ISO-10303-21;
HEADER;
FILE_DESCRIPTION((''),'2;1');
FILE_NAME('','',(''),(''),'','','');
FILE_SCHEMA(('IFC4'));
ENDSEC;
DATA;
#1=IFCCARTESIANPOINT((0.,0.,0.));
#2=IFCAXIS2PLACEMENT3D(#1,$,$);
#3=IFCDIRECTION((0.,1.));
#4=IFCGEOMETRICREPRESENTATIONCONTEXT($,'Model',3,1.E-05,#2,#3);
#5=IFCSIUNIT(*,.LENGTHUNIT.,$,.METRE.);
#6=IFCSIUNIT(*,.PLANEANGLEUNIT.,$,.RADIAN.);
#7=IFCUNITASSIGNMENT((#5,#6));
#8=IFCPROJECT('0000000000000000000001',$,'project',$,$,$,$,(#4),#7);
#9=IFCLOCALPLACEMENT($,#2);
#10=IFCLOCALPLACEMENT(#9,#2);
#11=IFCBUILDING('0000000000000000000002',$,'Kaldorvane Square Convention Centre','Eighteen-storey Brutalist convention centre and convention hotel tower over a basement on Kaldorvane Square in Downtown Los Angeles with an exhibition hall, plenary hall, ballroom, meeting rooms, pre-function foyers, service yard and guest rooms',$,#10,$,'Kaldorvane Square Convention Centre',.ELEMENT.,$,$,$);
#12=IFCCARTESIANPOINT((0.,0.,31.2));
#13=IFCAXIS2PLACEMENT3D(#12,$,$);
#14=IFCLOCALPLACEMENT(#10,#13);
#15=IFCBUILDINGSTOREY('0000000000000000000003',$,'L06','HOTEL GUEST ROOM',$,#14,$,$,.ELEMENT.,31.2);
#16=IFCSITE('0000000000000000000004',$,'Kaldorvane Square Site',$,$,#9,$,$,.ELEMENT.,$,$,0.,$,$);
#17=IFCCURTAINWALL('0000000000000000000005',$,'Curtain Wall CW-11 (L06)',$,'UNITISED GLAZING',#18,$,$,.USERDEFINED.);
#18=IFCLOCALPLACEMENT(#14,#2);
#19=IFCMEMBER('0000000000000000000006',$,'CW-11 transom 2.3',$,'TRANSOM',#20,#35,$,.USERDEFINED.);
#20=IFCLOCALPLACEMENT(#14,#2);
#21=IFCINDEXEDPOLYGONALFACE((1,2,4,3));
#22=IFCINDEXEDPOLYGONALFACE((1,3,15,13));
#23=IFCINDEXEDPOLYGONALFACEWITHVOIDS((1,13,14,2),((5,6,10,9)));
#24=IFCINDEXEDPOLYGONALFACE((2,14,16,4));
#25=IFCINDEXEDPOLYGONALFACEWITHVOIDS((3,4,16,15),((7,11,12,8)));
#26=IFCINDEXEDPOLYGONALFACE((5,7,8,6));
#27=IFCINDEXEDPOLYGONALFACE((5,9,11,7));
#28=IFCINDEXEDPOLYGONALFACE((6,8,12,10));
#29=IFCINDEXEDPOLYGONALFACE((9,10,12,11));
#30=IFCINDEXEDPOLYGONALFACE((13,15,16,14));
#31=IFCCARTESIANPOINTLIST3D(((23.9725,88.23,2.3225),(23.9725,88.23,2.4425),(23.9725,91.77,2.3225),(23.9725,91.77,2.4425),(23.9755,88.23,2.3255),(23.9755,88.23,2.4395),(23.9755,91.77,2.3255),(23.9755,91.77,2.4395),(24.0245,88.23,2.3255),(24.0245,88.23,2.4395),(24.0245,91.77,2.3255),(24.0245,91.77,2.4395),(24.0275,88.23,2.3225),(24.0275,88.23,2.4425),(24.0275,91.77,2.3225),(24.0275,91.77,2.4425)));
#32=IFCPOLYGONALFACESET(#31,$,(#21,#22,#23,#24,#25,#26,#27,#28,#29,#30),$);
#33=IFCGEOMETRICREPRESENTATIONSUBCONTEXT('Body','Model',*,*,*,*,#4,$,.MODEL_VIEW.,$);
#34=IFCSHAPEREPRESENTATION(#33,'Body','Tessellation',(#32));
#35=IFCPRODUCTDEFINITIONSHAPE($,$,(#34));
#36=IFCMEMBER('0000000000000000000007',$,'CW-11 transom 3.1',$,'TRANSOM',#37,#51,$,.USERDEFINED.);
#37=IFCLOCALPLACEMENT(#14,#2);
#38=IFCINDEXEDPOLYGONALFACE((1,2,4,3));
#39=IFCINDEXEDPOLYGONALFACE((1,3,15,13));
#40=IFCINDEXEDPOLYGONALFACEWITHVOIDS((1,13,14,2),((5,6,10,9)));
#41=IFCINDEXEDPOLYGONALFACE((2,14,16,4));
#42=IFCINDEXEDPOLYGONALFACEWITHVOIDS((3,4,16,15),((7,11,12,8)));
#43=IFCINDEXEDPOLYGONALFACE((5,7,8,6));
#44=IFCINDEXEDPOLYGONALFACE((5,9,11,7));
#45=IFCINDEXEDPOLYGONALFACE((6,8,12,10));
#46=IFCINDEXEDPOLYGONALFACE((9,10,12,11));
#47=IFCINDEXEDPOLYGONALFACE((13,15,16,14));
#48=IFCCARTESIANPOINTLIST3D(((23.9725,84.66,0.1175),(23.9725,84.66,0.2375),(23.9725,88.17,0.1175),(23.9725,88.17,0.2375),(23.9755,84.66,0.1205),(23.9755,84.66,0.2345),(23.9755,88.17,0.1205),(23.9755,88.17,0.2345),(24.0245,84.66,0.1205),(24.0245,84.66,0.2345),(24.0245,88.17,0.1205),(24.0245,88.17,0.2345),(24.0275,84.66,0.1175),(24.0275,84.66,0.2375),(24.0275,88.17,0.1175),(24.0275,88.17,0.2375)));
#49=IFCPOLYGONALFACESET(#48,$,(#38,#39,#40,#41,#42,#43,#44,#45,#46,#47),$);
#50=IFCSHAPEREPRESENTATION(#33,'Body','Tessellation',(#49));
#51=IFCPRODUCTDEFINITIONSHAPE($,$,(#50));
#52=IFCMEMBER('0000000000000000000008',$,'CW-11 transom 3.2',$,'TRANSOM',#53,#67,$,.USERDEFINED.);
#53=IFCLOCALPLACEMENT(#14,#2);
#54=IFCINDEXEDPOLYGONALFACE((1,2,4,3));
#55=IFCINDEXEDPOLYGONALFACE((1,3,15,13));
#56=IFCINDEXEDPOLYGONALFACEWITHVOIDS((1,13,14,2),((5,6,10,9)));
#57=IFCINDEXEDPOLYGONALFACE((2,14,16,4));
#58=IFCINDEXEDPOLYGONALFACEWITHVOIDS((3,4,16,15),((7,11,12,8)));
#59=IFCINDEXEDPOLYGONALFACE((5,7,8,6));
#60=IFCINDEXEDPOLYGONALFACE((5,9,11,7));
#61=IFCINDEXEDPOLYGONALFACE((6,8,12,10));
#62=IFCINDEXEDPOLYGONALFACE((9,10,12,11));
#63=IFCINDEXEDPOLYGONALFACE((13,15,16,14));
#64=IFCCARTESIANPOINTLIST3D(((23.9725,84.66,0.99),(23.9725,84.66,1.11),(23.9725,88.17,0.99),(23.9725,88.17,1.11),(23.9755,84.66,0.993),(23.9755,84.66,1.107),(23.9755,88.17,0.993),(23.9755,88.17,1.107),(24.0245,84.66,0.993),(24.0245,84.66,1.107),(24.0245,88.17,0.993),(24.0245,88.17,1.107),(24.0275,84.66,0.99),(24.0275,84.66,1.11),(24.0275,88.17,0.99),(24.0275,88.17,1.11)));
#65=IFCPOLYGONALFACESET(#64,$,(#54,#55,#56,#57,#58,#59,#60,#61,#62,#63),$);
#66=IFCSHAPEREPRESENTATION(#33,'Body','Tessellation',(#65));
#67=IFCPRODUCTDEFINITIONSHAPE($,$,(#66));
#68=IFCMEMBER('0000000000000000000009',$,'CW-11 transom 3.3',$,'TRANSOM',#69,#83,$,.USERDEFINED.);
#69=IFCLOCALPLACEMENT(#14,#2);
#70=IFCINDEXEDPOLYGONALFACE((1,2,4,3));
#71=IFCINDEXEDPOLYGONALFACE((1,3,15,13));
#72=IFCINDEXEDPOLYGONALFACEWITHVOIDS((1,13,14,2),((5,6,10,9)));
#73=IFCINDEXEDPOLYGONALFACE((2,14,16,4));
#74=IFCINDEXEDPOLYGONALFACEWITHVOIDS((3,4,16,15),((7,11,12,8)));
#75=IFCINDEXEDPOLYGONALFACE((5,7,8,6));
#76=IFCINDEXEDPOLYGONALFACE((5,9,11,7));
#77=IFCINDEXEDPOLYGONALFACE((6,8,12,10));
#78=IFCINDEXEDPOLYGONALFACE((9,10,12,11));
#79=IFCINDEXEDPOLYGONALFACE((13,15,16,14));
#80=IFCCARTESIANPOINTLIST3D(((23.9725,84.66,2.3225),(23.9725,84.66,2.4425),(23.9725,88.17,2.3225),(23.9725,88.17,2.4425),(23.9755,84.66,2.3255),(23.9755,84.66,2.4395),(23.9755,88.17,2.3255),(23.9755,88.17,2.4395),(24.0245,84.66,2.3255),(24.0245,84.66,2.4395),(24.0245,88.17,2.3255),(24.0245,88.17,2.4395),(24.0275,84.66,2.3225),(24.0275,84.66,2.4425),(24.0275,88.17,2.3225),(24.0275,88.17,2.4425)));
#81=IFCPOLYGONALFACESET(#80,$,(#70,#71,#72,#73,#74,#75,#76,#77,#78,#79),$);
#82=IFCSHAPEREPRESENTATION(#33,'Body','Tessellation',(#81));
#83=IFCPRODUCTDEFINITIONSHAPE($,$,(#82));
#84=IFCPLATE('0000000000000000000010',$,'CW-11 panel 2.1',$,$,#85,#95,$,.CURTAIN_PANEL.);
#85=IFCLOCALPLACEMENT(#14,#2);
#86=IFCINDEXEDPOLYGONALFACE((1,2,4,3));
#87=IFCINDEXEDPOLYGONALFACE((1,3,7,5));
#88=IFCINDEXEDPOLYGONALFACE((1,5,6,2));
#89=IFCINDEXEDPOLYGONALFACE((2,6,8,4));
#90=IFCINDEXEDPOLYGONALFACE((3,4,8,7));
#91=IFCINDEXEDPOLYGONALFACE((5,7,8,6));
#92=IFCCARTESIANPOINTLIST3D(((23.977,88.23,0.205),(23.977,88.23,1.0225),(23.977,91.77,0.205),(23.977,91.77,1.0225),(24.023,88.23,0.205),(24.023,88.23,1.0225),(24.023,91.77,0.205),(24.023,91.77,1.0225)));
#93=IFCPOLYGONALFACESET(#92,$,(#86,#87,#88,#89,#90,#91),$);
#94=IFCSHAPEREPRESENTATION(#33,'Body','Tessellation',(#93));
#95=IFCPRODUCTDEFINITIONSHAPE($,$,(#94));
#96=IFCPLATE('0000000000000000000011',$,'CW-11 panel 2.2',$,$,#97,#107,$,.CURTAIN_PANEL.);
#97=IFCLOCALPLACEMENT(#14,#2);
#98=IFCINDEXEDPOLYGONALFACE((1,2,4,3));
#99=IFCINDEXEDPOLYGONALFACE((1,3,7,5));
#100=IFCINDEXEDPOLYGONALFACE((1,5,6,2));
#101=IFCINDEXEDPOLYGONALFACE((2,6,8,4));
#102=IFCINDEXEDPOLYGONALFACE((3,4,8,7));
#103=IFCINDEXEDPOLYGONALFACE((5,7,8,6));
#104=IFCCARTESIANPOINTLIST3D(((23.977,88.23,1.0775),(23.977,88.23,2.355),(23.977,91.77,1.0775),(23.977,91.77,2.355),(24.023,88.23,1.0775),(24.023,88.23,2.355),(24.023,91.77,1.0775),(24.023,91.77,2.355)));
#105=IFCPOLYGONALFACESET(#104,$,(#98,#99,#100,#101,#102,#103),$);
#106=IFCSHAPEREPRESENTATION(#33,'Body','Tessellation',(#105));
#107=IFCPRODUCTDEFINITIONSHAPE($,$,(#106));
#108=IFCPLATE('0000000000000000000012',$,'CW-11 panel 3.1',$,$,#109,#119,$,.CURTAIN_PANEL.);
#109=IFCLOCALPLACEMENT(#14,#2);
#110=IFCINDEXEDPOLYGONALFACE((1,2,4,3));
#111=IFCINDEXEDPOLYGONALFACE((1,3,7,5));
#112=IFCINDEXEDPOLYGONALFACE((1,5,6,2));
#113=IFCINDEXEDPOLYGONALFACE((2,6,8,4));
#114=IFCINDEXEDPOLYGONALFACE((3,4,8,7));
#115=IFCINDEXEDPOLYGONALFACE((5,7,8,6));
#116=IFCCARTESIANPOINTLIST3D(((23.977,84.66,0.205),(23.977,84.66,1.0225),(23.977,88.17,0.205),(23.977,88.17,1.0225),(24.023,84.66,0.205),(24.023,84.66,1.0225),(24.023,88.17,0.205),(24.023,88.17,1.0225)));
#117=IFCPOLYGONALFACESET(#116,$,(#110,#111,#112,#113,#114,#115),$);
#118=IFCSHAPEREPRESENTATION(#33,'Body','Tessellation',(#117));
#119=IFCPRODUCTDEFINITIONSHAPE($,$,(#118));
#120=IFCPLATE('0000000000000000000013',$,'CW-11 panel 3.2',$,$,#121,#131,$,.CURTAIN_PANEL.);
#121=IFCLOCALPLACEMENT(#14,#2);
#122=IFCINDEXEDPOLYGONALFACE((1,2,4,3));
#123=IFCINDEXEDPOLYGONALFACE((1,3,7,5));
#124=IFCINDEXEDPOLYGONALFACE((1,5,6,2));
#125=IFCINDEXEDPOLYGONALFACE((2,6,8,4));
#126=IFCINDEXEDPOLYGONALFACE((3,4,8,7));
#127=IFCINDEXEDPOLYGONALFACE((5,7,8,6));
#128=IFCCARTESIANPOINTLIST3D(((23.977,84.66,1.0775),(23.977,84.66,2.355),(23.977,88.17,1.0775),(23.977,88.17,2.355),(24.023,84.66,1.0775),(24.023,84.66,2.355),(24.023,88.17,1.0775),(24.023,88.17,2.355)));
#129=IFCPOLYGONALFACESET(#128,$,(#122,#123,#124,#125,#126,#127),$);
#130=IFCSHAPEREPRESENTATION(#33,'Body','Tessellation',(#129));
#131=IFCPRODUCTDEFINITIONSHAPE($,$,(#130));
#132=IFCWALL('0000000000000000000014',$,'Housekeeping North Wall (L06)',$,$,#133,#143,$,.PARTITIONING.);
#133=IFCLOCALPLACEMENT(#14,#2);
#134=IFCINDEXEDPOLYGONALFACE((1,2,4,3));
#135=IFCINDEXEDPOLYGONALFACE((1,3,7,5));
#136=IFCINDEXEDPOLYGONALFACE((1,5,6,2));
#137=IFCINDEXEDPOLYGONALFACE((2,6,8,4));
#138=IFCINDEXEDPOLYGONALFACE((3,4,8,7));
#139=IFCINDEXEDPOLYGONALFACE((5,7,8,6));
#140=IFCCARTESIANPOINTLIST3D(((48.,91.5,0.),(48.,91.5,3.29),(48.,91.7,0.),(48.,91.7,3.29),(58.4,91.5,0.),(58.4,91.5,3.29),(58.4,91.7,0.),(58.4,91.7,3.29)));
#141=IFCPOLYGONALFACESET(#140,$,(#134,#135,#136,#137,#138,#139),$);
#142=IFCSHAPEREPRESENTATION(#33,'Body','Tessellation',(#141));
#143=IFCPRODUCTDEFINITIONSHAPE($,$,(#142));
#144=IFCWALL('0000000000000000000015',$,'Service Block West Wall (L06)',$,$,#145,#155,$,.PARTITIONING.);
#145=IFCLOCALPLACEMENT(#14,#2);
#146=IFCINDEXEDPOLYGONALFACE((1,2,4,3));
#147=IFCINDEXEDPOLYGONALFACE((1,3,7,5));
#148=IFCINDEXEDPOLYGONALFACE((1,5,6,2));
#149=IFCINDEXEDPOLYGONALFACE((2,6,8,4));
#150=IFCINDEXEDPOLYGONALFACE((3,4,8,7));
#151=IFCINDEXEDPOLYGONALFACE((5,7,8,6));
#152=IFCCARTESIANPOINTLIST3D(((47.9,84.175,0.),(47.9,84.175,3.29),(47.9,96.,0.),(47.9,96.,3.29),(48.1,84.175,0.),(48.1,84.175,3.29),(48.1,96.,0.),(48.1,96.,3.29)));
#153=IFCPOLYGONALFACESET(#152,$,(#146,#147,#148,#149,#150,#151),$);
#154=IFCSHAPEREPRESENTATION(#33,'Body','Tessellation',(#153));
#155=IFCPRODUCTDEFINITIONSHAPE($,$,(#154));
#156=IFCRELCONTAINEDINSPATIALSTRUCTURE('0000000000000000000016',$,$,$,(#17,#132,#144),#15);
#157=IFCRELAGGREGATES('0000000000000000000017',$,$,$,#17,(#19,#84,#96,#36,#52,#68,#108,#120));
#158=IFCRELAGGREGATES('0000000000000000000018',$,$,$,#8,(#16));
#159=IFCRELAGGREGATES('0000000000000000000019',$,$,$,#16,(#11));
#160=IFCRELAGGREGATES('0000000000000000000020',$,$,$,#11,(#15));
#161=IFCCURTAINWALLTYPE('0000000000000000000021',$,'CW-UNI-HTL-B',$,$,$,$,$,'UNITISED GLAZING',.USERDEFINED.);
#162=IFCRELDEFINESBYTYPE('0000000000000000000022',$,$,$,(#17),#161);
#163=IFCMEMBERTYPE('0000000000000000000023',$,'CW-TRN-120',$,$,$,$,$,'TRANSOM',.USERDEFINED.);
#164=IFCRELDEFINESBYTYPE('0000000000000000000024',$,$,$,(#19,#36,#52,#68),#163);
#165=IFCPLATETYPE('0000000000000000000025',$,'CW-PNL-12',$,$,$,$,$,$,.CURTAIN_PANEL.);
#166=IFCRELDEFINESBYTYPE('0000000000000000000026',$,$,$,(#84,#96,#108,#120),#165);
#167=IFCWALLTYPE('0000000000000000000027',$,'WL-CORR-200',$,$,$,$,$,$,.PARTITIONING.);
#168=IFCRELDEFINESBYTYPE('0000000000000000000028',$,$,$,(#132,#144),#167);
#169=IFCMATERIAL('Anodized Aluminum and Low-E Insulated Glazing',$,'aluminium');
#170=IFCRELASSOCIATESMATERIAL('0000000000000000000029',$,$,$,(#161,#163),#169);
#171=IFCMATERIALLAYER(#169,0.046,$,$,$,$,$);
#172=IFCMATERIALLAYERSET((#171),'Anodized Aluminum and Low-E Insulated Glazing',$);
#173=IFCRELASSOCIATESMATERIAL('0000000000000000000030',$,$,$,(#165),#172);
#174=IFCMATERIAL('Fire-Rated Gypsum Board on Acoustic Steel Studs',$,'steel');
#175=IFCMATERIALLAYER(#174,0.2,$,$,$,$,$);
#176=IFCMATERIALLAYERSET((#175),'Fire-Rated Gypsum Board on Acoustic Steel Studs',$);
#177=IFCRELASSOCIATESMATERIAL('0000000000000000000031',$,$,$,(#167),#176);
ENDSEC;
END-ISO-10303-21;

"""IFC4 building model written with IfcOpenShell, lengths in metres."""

from ifc_helpers import new_model, si_unit, direction, frame, frame_2d, origin, origin_2d, place, context, subcontext, project, spatial, rectangle, hollow_rectangle, extrude, material, layer, layer_set, material_profile, profile_set, type_object, element, aggregate, save


model = new_model("IFC4")

# Units and contexts
model_context = context("Model", 3, precision=1e-05, world=origin(), true_north=direction((0.0, 1.0)))
body_context = subcontext(model_context, "Body", "Model", "MODEL_VIEW")
ifc_project = project(units=[si_unit("LENGTHUNIT", "METRE"), si_unit("PLANEANGLEUNIT", "RADIAN")], contexts=[model_context])

# Site, building, storey
site_placement = place(None, origin())
site = spatial("IfcSite", under=ifc_project, at=site_placement, Name="Kaldorvane Square Site", CompositionType="ELEMENT", RefElevation=0.0)
building_placement = place(site_placement, origin())
building = spatial("IfcBuilding", under=site, at=building_placement, Name="Kaldorvane Square Convention Centre", Description="Eighteen-storey Brutalist convention centre and convention hotel tower over a basement on Kaldorvane Square in Downtown Los Angeles with an exhibition hall, plenary hall, ballroom, meeting rooms, pre-function foyers, service yard and guest rooms", LongName="Kaldorvane Square Convention Centre", CompositionType="ELEMENT")
storey_placement = place(building_placement, frame((0.0, 0.0, 31.2)))
storey = spatial("IfcBuildingStorey", under=building, at=storey_placement, Name="L06", Description="HOTEL GUEST ROOM", CompositionType="ELEMENT", Elevation=31.2)

# Curtain wall, members, plates
ifc_material_1 = material(Name="Anodized Aluminum and Low-E Insulated Glazing", Category="aluminium")
curtain_wall_type = type_object("IfcCurtainWallType", Name="CW-UNI-HTL-B", ElementType="UNITISED GLAZING", PredefinedType="USERDEFINED", material=ifc_material_1)
curtain_wall_placement = place(storey_placement, origin())
curtain_wall = element("IfcCurtainWall", 1, at=curtain_wall_placement, inside=storey, type_object=curtain_wall_type, Name="Curtain Wall CW-11 (L06)", ObjectType="UNITISED GLAZING", PredefinedType="USERDEFINED")
ifc_material_profile_1 = material_profile(ifc_material_1, hollow_rectangle(XDim=0.055, YDim=0.12, WallThickness=0.003, at=origin_2d()), Name="CWT-120X55")
ifc_profile_set_1 = profile_set([ifc_material_profile_1], Name="Anodized Aluminum and Low-E Insulated Glazing")
member_type_1 = type_object("IfcMemberType", Name="CW-TRN-120", ElementType="TRANSOM", PredefinedType="USERDEFINED", material=ifc_profile_set_1)
member_1_placement = place(storey_placement, frame((24.0, 91.77, 2.3825), z_axis=(0.0, -1.0, 0.0), x_axis=(1.0, 0.0, 0.0)))
member_1 = element("IfcMember", 2, at=member_1_placement, type_object=member_type_1, Name="CW-11 transom 2.3", ObjectType="TRANSOM", PredefinedType="USERDEFINED", context=body_context, shape_type="SweptSolid", body=[
    extrude(hollow_rectangle(XDim=0.055, YDim=0.12, WallThickness=0.003, at=origin_2d()), origin(), (0.0, 0.0, 1.0), 3.54),
])
member_2_placement = place(storey_placement, frame((24.0, 88.17, 0.1775), z_axis=(0.0, -1.0, 0.0), x_axis=(1.0, 0.0, 0.0)))
member_2 = element("IfcMember", 3, at=member_2_placement, type_object=member_type_1, Name="CW-11 transom 3.1", ObjectType="TRANSOM", PredefinedType="USERDEFINED", context=body_context, shape_type="SweptSolid", body=[
    extrude(hollow_rectangle(XDim=0.055, YDim=0.12, WallThickness=0.003, at=origin_2d()), origin(), (0.0, 0.0, 1.0), 3.51),
])
member_3_placement = place(storey_placement, frame((24.0, 88.17, 1.05), z_axis=(0.0, -1.0, 0.0), x_axis=(1.0, 0.0, 0.0)))
member_3 = element("IfcMember", 4, at=member_3_placement, type_object=member_type_1, Name="CW-11 transom 3.2", ObjectType="TRANSOM", PredefinedType="USERDEFINED", context=body_context, shape_type="SweptSolid", body=[
    extrude(hollow_rectangle(XDim=0.055, YDim=0.12, WallThickness=0.003, at=origin_2d()), origin(), (0.0, 0.0, 1.0), 3.51),
])
member_4_placement = place(storey_placement, frame((24.0, 88.17, 2.3825), z_axis=(0.0, -1.0, 0.0), x_axis=(1.0, 0.0, 0.0)))
member_4 = element("IfcMember", 5, at=member_4_placement, type_object=member_type_1, Name="CW-11 transom 3.3", ObjectType="TRANSOM", PredefinedType="USERDEFINED", context=body_context, shape_type="SweptSolid", body=[
    extrude(hollow_rectangle(XDim=0.055, YDim=0.12, WallThickness=0.003, at=origin_2d()), origin(), (0.0, 0.0, 1.0), 3.51),
])
ifc_layer_1 = layer(ifc_material_1, 0.046)
ifc_layer_set_1 = layer_set([ifc_layer_1], Name="Anodized Aluminum and Low-E Insulated Glazing")
plate_type = type_object("IfcPlateType", Name="CW-PNL-12", PredefinedType="CURTAIN_PANEL", material=ifc_layer_set_1)
plate_1_placement = place(storey_placement, frame((24.0, 90.0, 0.205), z_axis=(0.0, 0.0, 1.0), x_axis=(0.0, -1.0, 0.0)))
plate_1 = element("IfcPlate", 6, at=plate_1_placement, type_object=plate_type, Name="CW-11 panel 2.1", PredefinedType="CURTAIN_PANEL", context=body_context, shape_type="SweptSolid", body=[
    extrude(rectangle(XDim=3.54, YDim=0.046, at=origin_2d()), origin(), (0.0, 0.0, 1.0), 0.8175),
])
plate_2_placement = place(storey_placement, frame((24.0, 90.0, 1.0775), z_axis=(0.0, 0.0, 1.0), x_axis=(0.0, -1.0, 0.0)))
plate_2 = element("IfcPlate", 7, at=plate_2_placement, type_object=plate_type, Name="CW-11 panel 2.2", PredefinedType="CURTAIN_PANEL", context=body_context, shape_type="SweptSolid", body=[
    extrude(rectangle(XDim=3.54, YDim=0.046, at=origin_2d()), origin(), (0.0, 0.0, 1.0), 1.2775),
])
plate_3_placement = place(storey_placement, frame((24.0, 86.415, 0.205), z_axis=(0.0, 0.0, 1.0), x_axis=(0.0, -1.0, 0.0)))
plate_3 = element("IfcPlate", 8, at=plate_3_placement, type_object=plate_type, Name="CW-11 panel 3.1", PredefinedType="CURTAIN_PANEL", context=body_context, shape_type="SweptSolid", body=[
    extrude(rectangle(XDim=3.51, YDim=0.046, at=origin_2d()), origin(), (0.0, 0.0, 1.0), 0.8175),
])
plate_4_placement = place(storey_placement, frame((24.0, 86.415, 1.0775), z_axis=(0.0, 0.0, 1.0), x_axis=(0.0, -1.0, 0.0)))
plate_4 = element("IfcPlate", 9, at=plate_4_placement, type_object=plate_type, Name="CW-11 panel 3.2", PredefinedType="CURTAIN_PANEL", context=body_context, shape_type="SweptSolid", body=[
    extrude(rectangle(XDim=3.51, YDim=0.046, at=origin_2d()), origin(), (0.0, 0.0, 1.0), 1.2775),
])
aggregate(curtain_wall, [member_1, plate_1, plate_2, member_2, member_3, member_4, plate_3, plate_4])

# Walls
ifc_material_2 = material(Name="Fire-Rated Gypsum Board on Acoustic Steel Studs", Category="steel")
ifc_layer_2 = layer(ifc_material_2, 0.2)
ifc_layer_set_2 = layer_set([ifc_layer_2], Name="Fire-Rated Gypsum Board on Acoustic Steel Studs")
wall_type_1 = type_object("IfcWallType", Name="WL-CORR-200", PredefinedType="PARTITIONING", material=ifc_layer_set_2)
wall_1_placement = place(storey_placement, frame((48.0, 91.6, 0.0), z_axis=(0.0, 0.0, 1.0), x_axis=(1.0, 0.0, 0.0)))
element("IfcWall", 10, at=wall_1_placement, inside=storey, type_object=wall_type_1, Name="Housekeeping North Wall (L06)", PredefinedType="PARTITIONING", context=body_context, shape_type="SweptSolid", body=[
    extrude(rectangle(XDim=10.4, YDim=0.2, at=frame_2d((5.2, 0.0))), origin(), (0.0, 0.0, 1.0), 3.29),
])
wall_2_placement = place(storey_placement, frame((48.0, 84.175, 0.0), z_axis=(0.0, 0.0, 1.0), x_axis=(0.0, 1.0, 0.0)))
element("IfcWall", 11, at=wall_2_placement, inside=storey, type_object=wall_type_1, Name="Service Block West Wall (L06)", PredefinedType="PARTITIONING", context=body_context, shape_type="SweptSolid", body=[
    extrude(rectangle(XDim=11.825, YDim=0.2, at=frame_2d((5.9125, 0.0))), origin(), (0.0, 0.0, 1.0), 3.29),
])

save(model, "model.ifc")
